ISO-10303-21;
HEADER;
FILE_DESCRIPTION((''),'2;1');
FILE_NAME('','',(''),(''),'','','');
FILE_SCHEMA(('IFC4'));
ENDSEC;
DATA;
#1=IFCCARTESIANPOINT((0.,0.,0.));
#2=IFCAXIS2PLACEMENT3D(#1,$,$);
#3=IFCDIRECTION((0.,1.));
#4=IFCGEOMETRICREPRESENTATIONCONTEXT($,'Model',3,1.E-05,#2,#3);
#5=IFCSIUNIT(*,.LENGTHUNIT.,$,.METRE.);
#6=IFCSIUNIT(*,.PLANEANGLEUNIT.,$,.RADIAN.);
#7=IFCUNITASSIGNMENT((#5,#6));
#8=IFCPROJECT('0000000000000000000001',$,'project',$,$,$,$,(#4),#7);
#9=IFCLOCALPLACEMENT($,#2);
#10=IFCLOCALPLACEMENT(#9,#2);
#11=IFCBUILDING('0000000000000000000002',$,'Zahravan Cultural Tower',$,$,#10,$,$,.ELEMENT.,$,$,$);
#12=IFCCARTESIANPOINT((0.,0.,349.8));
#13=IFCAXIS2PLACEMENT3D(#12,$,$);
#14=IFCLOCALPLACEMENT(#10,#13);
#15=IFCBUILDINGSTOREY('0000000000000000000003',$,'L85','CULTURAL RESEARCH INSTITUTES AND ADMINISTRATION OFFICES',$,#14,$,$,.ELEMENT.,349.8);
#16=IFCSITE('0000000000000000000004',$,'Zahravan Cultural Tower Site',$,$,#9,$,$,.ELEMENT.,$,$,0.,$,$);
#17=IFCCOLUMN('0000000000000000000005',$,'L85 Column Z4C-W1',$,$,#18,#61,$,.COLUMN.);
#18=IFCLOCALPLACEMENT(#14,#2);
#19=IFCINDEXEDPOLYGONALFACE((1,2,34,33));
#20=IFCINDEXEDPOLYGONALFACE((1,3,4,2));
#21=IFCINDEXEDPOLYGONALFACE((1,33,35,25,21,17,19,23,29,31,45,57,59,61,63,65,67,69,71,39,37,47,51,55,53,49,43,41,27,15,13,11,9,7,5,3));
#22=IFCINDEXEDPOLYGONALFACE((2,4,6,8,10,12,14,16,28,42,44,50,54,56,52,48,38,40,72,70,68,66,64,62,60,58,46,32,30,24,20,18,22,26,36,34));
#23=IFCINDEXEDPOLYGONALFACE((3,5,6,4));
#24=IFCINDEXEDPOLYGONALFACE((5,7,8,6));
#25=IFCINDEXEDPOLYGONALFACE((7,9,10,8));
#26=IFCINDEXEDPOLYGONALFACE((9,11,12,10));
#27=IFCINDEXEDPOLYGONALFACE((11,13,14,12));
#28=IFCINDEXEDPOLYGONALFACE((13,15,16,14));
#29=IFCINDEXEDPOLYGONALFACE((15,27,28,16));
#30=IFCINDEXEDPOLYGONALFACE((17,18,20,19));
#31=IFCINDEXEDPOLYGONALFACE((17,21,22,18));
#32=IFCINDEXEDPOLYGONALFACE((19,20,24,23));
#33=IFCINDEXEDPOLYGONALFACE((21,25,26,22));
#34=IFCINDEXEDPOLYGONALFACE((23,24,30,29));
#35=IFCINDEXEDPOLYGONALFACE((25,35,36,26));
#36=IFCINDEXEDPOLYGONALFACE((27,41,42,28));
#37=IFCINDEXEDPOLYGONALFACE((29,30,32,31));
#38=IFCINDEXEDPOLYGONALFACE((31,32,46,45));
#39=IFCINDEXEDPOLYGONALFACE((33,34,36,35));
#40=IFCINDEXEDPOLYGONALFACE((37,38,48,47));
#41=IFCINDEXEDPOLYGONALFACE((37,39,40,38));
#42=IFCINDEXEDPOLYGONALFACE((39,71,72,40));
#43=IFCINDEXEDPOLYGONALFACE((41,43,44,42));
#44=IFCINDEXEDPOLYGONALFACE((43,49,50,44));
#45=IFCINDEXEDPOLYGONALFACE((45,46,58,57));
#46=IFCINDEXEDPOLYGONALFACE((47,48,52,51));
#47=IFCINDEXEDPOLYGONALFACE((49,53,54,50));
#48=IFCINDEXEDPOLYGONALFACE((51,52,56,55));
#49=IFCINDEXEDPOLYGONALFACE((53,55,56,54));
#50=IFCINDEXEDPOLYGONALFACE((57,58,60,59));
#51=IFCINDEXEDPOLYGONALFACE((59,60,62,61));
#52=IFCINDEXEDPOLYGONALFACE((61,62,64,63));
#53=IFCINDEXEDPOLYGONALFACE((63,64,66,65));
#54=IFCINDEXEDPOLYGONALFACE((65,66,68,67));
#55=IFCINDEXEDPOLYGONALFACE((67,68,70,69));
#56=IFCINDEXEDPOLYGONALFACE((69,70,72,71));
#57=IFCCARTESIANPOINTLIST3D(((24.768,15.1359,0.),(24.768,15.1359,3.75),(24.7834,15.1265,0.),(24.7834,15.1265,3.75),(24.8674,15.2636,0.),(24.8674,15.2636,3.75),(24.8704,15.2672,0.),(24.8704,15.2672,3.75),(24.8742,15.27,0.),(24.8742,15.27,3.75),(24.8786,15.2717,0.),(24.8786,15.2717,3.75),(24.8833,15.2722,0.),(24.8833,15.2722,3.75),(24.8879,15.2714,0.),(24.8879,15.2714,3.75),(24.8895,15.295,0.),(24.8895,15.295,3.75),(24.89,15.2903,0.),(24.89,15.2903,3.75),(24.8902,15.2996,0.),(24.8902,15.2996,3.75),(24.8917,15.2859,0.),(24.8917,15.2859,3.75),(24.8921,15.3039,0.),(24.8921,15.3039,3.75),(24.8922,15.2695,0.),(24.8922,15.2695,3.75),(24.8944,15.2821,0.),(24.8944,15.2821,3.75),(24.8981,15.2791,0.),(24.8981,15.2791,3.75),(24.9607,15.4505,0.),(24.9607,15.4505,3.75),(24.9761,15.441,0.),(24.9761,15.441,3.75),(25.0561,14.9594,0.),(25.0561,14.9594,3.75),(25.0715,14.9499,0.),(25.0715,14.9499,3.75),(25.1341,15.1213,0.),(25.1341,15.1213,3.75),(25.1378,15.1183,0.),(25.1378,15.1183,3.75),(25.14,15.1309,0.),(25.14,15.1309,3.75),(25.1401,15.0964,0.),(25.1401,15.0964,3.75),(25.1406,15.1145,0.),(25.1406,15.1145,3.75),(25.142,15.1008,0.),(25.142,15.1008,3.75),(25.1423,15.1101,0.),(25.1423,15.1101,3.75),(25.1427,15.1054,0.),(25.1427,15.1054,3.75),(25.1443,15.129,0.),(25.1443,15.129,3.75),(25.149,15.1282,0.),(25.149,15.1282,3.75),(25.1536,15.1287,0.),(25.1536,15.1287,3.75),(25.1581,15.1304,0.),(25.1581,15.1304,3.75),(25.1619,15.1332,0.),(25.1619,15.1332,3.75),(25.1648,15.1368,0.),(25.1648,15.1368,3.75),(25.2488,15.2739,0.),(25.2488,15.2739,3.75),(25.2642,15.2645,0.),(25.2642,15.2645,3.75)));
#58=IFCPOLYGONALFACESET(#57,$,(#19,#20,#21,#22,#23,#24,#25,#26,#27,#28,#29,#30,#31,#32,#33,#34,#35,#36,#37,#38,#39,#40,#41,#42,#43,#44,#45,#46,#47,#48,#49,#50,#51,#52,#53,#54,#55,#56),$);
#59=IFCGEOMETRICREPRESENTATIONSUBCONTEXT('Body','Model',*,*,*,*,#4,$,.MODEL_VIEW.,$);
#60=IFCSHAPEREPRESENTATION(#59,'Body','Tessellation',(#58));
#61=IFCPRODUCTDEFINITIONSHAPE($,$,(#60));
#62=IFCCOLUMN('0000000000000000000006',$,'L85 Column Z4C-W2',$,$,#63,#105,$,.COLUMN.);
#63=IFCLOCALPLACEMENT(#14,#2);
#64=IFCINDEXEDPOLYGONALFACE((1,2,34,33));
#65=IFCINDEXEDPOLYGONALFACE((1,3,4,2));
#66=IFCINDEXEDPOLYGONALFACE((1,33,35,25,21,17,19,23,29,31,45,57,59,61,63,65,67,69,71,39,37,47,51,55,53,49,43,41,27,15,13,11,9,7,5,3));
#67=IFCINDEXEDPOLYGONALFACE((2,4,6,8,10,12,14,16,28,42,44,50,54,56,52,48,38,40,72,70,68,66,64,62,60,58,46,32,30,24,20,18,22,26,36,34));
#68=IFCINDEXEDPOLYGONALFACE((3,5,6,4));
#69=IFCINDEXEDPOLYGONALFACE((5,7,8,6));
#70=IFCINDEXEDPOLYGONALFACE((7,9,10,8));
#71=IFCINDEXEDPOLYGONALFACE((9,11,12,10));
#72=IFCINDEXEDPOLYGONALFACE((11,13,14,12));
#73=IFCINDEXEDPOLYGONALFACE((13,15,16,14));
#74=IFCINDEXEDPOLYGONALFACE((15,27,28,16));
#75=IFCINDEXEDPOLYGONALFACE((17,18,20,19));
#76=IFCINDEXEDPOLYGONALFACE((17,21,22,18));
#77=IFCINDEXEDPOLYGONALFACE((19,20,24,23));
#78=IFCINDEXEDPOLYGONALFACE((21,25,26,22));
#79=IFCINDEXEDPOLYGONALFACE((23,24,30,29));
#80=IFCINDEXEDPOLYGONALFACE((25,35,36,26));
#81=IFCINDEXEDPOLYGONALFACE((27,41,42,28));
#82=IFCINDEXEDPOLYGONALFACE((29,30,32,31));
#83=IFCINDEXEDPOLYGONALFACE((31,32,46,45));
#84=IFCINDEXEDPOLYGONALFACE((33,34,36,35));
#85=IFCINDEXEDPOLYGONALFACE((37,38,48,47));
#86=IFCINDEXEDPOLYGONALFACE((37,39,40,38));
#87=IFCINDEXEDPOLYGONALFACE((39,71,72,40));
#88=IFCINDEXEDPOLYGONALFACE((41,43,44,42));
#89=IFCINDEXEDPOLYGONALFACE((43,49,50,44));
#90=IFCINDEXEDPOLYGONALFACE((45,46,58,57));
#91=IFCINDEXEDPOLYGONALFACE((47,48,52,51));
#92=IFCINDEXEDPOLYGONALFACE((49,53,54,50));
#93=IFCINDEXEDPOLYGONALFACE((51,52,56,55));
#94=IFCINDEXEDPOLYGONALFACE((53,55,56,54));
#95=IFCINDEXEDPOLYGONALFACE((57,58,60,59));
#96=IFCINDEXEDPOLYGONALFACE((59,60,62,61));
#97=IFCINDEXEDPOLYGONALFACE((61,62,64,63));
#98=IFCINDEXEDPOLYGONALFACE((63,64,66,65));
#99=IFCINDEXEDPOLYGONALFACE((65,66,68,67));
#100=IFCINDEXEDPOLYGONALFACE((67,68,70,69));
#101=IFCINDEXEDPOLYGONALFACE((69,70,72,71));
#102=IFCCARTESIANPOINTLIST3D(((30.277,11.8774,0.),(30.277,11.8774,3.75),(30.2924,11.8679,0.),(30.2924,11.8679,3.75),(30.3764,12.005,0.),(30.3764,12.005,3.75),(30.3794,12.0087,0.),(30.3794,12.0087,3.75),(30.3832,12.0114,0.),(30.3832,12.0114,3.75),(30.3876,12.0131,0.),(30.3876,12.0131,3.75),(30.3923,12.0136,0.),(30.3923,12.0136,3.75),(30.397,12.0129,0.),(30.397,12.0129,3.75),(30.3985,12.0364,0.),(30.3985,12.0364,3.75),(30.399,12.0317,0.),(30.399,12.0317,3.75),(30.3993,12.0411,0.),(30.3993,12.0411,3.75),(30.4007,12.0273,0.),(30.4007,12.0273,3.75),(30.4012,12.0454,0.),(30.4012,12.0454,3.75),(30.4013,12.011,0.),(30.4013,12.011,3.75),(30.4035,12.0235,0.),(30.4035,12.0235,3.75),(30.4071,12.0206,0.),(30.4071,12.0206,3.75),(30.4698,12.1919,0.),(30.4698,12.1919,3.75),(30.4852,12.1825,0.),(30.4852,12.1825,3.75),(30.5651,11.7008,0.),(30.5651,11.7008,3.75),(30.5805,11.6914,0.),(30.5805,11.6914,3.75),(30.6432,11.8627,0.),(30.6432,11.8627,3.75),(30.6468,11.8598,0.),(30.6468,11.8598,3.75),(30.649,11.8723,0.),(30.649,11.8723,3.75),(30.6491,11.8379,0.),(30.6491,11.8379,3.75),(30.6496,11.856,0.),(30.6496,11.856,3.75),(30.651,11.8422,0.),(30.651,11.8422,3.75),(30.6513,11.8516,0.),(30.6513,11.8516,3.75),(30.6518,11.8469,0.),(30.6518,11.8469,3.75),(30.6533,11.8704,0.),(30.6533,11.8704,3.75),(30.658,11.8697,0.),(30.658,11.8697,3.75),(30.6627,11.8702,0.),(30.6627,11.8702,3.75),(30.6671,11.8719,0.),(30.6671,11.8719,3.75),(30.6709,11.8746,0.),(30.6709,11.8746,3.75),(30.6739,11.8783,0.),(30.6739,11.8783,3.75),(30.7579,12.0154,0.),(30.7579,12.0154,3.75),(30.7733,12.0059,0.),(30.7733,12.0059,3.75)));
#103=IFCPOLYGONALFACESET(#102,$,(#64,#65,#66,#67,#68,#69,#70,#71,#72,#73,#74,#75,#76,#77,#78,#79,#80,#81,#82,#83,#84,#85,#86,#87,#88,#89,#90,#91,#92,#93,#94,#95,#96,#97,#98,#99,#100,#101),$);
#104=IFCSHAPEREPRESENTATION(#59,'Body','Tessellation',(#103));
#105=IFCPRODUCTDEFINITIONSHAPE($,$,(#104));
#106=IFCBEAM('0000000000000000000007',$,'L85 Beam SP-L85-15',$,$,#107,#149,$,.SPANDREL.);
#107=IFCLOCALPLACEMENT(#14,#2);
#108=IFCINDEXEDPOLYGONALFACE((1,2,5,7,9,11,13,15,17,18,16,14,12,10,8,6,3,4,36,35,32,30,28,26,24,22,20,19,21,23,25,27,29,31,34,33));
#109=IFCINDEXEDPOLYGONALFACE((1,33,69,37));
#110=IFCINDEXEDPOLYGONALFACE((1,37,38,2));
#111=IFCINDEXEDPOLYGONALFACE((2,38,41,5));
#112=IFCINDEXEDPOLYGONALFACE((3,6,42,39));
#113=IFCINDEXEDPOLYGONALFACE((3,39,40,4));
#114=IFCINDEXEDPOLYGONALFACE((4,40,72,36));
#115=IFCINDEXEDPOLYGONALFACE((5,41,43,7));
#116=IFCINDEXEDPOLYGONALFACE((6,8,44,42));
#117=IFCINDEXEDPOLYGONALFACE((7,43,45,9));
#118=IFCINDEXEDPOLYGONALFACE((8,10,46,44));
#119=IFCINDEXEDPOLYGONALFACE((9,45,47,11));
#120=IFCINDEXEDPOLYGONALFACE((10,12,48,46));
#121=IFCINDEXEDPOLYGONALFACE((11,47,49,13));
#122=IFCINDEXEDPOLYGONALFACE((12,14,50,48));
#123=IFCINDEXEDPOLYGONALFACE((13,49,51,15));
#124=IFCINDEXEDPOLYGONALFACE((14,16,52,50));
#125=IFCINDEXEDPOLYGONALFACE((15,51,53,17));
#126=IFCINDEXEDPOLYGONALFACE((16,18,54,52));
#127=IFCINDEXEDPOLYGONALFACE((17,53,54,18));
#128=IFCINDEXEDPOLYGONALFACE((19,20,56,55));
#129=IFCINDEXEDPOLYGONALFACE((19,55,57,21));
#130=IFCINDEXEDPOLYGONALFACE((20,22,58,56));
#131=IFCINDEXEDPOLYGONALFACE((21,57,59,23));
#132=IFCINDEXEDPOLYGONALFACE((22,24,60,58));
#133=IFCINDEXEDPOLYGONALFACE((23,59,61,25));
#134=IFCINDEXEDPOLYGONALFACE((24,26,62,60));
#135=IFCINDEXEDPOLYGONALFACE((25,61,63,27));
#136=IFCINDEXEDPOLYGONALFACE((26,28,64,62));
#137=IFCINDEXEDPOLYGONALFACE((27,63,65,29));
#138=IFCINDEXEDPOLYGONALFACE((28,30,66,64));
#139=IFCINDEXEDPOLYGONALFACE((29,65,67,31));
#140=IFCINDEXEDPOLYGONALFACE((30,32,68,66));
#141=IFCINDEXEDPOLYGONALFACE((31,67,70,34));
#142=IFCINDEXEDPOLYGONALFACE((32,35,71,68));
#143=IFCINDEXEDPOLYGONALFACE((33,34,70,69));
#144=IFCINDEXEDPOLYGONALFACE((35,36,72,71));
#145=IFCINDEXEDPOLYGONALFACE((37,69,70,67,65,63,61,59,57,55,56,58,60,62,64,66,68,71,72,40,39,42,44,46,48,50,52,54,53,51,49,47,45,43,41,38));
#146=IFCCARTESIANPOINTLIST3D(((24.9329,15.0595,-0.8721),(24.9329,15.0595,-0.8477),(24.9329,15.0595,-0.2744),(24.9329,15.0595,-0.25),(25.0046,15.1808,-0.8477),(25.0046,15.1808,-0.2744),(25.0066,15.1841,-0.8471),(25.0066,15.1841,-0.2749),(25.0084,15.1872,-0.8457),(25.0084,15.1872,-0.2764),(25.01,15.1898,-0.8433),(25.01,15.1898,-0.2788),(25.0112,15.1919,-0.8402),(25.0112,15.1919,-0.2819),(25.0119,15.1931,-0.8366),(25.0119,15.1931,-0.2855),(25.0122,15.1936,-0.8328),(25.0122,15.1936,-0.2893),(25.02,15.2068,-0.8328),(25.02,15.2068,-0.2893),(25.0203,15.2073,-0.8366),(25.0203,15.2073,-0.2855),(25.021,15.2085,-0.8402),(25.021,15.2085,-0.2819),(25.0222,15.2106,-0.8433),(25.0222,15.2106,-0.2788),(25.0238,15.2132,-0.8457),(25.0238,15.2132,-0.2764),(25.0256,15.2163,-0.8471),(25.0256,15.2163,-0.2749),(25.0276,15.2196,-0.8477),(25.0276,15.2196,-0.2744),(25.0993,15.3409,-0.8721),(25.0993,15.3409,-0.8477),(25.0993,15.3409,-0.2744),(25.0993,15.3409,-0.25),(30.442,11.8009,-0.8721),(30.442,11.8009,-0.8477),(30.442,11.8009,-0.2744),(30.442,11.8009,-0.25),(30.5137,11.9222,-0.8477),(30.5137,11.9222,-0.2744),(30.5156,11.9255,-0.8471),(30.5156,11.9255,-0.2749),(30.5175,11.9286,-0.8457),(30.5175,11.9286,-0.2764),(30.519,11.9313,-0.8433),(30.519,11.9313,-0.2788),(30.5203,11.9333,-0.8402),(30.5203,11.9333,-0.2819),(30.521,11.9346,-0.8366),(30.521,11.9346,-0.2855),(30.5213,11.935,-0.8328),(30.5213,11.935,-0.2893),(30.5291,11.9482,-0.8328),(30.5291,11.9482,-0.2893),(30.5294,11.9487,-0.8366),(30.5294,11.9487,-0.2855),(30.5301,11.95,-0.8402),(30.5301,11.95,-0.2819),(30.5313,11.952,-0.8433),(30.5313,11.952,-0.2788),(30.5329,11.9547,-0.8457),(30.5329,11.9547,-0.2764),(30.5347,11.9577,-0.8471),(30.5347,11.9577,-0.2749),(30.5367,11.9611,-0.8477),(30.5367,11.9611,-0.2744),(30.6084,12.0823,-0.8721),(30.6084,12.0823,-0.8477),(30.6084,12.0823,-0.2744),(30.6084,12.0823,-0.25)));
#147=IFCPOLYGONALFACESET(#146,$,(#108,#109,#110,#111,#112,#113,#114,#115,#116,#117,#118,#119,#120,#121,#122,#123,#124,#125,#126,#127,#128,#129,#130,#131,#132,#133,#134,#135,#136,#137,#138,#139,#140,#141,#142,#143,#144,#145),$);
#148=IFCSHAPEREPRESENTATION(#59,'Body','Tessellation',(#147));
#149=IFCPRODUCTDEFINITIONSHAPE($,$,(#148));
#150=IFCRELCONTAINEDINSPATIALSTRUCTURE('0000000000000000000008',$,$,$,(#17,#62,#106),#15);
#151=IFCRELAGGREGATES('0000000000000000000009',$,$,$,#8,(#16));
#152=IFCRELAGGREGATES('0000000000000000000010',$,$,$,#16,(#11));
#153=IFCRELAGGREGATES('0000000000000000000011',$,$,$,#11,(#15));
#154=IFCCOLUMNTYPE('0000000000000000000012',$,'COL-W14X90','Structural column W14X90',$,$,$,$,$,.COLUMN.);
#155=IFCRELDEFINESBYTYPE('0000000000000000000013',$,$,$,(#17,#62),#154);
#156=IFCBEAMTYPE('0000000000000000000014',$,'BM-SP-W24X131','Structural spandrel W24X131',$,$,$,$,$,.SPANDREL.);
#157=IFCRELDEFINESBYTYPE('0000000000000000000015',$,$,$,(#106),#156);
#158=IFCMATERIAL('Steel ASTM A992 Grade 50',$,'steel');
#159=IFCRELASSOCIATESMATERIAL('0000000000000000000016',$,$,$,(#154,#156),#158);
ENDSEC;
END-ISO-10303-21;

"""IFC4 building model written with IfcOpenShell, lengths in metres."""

from ifc_helpers import new_model, si_unit, direction, frame, origin, origin_2d, place, context, subcontext, project, spatial, i_section, extrude, source, transform, mapped, material, material_profile, profile_set, type_object, element, save


model = new_model("IFC4")

# Units and contexts
model_context = context("Model", 3, precision=1e-05, world=origin(), true_north=direction((0.0, 1.0)))
body_context = subcontext(model_context, "Body", "Model", "MODEL_VIEW")
ifc_project = project(units=[si_unit("LENGTHUNIT", "METRE"), si_unit("PLANEANGLEUNIT", "RADIAN")], contexts=[model_context])

# Site, building, storey
site_placement = place(None, origin())
site = spatial("IfcSite", under=ifc_project, at=site_placement, Name="Zahravan Cultural Tower Site", CompositionType="ELEMENT", RefElevation=0.0)
building_placement = place(site_placement, origin())
building = spatial("IfcBuilding", under=site, at=building_placement, Name="Zahravan Cultural Tower", CompositionType="ELEMENT")
storey_placement = place(building_placement, frame((0.0, 0.0, 349.8)))
storey = spatial("IfcBuildingStorey", under=building, at=storey_placement, Name="L85", Description="CULTURAL RESEARCH INSTITUTES AND ADMINISTRATION OFFICES", CompositionType="ELEMENT", Elevation=349.8)

# Columns
ifc_material_1 = material(Name="Steel ASTM A992 Grade 50", Category="steel")
ifc_material_profile_1 = material_profile(ifc_material_1, i_section(OverallWidth=0.3689, OverallDepth=0.356, WebThickness=0.0112, FlangeThickness=0.0181, FilletRadius=0.0181, at=origin_2d()), Name="W14X90")
ifc_profile_set_1 = profile_set([ifc_material_profile_1], Name="Steel ASTM A992 Grade 50")
column_type = type_object("IfcColumnType", Name="COL-W14X90", Description="Structural column W14X90", PredefinedType="COLUMN", material=ifc_profile_set_1)
shared_shape_1 = source(origin(), body_context, "Body", "SweptSolid", [
    extrude(i_section(OverallWidth=0.3689, OverallDepth=0.356, WebThickness=0.0112, FlangeThickness=0.0181, FilletRadius=0.0181, at=origin_2d()), origin(), (0.0, 0.0, 1.0), 3.75),
])
for number, where, z_axis, x_axis, name in (
    (1, (25.0161, 15.2002, 0.0), (0.0, 0.0, 1.0), (0.522499, 0.85264, 0.0), "L85 Column Z4C-W1"),
    (2, (30.5251, 11.9417, 0.0), (0.0, 0.0, 1.0), (0.522499, 0.85264, 0.0), "L85 Column Z4C-W2"),
):
    element("IfcColumn", number, at=place(storey_placement, frame(where, z_axis=z_axis, x_axis=x_axis)), inside=storey, type_object=column_type, Name=name, PredefinedType="COLUMN", context=body_context, shape_type="MappedRepresentation", body=[
        mapped(shared_shape_1, transform((0.0, 0.0, 0.0), x_axis=(1.0, 0.0, 0.0), y_axis=(0.0, 1.0, 0.0), z_axis=(0.0, 0.0, 1.0), scale=1.0)),
    ])

# Beam
ifc_material_profile_2 = material_profile(ifc_material_1, i_section(OverallWidth=0.3269, OverallDepth=0.6221, WebThickness=0.0154, FlangeThickness=0.0244, FilletRadius=0.0149, at=origin_2d()), Name="W24X131")
ifc_profile_set_2 = profile_set([ifc_material_profile_2], Name="Steel ASTM A992 Grade 50")
beam_type_1 = type_object("IfcBeamType", Name="BM-SP-W24X131", Description="Structural spandrel W24X131", PredefinedType="SPANDREL", material=ifc_profile_set_2)
shared_shape_2 = source(origin(), body_context, "Body", "SweptSolid", [
    extrude(i_section(OverallWidth=0.3269, OverallDepth=0.6221, WebThickness=0.0154, FlangeThickness=0.0244, FilletRadius=0.0149, at=origin_2d()), origin(), (0.0, 0.0, 1.0), 6.4006),
])
beam_1_placement = place(storey_placement, frame((25.0161, 15.2002, -0.561), z_axis=(0.860707, -0.509101, 0.0), x_axis=(0.509101, 0.860707, 0.0)))
element("IfcBeam", 3, at=beam_1_placement, inside=storey, type_object=beam_type_1, Name="L85 Beam SP-L85-15", PredefinedType="SPANDREL", context=body_context, shape_type="MappedRepresentation", body=[
    mapped(shared_shape_2, transform((0.0, 0.0, 0.0), x_axis=(1.0, 0.0, 0.0), y_axis=(0.0, 1.0, 0.0), z_axis=(0.0, 0.0, 1.0), scale=1.0)),
])

save(model, "model.ifc")
